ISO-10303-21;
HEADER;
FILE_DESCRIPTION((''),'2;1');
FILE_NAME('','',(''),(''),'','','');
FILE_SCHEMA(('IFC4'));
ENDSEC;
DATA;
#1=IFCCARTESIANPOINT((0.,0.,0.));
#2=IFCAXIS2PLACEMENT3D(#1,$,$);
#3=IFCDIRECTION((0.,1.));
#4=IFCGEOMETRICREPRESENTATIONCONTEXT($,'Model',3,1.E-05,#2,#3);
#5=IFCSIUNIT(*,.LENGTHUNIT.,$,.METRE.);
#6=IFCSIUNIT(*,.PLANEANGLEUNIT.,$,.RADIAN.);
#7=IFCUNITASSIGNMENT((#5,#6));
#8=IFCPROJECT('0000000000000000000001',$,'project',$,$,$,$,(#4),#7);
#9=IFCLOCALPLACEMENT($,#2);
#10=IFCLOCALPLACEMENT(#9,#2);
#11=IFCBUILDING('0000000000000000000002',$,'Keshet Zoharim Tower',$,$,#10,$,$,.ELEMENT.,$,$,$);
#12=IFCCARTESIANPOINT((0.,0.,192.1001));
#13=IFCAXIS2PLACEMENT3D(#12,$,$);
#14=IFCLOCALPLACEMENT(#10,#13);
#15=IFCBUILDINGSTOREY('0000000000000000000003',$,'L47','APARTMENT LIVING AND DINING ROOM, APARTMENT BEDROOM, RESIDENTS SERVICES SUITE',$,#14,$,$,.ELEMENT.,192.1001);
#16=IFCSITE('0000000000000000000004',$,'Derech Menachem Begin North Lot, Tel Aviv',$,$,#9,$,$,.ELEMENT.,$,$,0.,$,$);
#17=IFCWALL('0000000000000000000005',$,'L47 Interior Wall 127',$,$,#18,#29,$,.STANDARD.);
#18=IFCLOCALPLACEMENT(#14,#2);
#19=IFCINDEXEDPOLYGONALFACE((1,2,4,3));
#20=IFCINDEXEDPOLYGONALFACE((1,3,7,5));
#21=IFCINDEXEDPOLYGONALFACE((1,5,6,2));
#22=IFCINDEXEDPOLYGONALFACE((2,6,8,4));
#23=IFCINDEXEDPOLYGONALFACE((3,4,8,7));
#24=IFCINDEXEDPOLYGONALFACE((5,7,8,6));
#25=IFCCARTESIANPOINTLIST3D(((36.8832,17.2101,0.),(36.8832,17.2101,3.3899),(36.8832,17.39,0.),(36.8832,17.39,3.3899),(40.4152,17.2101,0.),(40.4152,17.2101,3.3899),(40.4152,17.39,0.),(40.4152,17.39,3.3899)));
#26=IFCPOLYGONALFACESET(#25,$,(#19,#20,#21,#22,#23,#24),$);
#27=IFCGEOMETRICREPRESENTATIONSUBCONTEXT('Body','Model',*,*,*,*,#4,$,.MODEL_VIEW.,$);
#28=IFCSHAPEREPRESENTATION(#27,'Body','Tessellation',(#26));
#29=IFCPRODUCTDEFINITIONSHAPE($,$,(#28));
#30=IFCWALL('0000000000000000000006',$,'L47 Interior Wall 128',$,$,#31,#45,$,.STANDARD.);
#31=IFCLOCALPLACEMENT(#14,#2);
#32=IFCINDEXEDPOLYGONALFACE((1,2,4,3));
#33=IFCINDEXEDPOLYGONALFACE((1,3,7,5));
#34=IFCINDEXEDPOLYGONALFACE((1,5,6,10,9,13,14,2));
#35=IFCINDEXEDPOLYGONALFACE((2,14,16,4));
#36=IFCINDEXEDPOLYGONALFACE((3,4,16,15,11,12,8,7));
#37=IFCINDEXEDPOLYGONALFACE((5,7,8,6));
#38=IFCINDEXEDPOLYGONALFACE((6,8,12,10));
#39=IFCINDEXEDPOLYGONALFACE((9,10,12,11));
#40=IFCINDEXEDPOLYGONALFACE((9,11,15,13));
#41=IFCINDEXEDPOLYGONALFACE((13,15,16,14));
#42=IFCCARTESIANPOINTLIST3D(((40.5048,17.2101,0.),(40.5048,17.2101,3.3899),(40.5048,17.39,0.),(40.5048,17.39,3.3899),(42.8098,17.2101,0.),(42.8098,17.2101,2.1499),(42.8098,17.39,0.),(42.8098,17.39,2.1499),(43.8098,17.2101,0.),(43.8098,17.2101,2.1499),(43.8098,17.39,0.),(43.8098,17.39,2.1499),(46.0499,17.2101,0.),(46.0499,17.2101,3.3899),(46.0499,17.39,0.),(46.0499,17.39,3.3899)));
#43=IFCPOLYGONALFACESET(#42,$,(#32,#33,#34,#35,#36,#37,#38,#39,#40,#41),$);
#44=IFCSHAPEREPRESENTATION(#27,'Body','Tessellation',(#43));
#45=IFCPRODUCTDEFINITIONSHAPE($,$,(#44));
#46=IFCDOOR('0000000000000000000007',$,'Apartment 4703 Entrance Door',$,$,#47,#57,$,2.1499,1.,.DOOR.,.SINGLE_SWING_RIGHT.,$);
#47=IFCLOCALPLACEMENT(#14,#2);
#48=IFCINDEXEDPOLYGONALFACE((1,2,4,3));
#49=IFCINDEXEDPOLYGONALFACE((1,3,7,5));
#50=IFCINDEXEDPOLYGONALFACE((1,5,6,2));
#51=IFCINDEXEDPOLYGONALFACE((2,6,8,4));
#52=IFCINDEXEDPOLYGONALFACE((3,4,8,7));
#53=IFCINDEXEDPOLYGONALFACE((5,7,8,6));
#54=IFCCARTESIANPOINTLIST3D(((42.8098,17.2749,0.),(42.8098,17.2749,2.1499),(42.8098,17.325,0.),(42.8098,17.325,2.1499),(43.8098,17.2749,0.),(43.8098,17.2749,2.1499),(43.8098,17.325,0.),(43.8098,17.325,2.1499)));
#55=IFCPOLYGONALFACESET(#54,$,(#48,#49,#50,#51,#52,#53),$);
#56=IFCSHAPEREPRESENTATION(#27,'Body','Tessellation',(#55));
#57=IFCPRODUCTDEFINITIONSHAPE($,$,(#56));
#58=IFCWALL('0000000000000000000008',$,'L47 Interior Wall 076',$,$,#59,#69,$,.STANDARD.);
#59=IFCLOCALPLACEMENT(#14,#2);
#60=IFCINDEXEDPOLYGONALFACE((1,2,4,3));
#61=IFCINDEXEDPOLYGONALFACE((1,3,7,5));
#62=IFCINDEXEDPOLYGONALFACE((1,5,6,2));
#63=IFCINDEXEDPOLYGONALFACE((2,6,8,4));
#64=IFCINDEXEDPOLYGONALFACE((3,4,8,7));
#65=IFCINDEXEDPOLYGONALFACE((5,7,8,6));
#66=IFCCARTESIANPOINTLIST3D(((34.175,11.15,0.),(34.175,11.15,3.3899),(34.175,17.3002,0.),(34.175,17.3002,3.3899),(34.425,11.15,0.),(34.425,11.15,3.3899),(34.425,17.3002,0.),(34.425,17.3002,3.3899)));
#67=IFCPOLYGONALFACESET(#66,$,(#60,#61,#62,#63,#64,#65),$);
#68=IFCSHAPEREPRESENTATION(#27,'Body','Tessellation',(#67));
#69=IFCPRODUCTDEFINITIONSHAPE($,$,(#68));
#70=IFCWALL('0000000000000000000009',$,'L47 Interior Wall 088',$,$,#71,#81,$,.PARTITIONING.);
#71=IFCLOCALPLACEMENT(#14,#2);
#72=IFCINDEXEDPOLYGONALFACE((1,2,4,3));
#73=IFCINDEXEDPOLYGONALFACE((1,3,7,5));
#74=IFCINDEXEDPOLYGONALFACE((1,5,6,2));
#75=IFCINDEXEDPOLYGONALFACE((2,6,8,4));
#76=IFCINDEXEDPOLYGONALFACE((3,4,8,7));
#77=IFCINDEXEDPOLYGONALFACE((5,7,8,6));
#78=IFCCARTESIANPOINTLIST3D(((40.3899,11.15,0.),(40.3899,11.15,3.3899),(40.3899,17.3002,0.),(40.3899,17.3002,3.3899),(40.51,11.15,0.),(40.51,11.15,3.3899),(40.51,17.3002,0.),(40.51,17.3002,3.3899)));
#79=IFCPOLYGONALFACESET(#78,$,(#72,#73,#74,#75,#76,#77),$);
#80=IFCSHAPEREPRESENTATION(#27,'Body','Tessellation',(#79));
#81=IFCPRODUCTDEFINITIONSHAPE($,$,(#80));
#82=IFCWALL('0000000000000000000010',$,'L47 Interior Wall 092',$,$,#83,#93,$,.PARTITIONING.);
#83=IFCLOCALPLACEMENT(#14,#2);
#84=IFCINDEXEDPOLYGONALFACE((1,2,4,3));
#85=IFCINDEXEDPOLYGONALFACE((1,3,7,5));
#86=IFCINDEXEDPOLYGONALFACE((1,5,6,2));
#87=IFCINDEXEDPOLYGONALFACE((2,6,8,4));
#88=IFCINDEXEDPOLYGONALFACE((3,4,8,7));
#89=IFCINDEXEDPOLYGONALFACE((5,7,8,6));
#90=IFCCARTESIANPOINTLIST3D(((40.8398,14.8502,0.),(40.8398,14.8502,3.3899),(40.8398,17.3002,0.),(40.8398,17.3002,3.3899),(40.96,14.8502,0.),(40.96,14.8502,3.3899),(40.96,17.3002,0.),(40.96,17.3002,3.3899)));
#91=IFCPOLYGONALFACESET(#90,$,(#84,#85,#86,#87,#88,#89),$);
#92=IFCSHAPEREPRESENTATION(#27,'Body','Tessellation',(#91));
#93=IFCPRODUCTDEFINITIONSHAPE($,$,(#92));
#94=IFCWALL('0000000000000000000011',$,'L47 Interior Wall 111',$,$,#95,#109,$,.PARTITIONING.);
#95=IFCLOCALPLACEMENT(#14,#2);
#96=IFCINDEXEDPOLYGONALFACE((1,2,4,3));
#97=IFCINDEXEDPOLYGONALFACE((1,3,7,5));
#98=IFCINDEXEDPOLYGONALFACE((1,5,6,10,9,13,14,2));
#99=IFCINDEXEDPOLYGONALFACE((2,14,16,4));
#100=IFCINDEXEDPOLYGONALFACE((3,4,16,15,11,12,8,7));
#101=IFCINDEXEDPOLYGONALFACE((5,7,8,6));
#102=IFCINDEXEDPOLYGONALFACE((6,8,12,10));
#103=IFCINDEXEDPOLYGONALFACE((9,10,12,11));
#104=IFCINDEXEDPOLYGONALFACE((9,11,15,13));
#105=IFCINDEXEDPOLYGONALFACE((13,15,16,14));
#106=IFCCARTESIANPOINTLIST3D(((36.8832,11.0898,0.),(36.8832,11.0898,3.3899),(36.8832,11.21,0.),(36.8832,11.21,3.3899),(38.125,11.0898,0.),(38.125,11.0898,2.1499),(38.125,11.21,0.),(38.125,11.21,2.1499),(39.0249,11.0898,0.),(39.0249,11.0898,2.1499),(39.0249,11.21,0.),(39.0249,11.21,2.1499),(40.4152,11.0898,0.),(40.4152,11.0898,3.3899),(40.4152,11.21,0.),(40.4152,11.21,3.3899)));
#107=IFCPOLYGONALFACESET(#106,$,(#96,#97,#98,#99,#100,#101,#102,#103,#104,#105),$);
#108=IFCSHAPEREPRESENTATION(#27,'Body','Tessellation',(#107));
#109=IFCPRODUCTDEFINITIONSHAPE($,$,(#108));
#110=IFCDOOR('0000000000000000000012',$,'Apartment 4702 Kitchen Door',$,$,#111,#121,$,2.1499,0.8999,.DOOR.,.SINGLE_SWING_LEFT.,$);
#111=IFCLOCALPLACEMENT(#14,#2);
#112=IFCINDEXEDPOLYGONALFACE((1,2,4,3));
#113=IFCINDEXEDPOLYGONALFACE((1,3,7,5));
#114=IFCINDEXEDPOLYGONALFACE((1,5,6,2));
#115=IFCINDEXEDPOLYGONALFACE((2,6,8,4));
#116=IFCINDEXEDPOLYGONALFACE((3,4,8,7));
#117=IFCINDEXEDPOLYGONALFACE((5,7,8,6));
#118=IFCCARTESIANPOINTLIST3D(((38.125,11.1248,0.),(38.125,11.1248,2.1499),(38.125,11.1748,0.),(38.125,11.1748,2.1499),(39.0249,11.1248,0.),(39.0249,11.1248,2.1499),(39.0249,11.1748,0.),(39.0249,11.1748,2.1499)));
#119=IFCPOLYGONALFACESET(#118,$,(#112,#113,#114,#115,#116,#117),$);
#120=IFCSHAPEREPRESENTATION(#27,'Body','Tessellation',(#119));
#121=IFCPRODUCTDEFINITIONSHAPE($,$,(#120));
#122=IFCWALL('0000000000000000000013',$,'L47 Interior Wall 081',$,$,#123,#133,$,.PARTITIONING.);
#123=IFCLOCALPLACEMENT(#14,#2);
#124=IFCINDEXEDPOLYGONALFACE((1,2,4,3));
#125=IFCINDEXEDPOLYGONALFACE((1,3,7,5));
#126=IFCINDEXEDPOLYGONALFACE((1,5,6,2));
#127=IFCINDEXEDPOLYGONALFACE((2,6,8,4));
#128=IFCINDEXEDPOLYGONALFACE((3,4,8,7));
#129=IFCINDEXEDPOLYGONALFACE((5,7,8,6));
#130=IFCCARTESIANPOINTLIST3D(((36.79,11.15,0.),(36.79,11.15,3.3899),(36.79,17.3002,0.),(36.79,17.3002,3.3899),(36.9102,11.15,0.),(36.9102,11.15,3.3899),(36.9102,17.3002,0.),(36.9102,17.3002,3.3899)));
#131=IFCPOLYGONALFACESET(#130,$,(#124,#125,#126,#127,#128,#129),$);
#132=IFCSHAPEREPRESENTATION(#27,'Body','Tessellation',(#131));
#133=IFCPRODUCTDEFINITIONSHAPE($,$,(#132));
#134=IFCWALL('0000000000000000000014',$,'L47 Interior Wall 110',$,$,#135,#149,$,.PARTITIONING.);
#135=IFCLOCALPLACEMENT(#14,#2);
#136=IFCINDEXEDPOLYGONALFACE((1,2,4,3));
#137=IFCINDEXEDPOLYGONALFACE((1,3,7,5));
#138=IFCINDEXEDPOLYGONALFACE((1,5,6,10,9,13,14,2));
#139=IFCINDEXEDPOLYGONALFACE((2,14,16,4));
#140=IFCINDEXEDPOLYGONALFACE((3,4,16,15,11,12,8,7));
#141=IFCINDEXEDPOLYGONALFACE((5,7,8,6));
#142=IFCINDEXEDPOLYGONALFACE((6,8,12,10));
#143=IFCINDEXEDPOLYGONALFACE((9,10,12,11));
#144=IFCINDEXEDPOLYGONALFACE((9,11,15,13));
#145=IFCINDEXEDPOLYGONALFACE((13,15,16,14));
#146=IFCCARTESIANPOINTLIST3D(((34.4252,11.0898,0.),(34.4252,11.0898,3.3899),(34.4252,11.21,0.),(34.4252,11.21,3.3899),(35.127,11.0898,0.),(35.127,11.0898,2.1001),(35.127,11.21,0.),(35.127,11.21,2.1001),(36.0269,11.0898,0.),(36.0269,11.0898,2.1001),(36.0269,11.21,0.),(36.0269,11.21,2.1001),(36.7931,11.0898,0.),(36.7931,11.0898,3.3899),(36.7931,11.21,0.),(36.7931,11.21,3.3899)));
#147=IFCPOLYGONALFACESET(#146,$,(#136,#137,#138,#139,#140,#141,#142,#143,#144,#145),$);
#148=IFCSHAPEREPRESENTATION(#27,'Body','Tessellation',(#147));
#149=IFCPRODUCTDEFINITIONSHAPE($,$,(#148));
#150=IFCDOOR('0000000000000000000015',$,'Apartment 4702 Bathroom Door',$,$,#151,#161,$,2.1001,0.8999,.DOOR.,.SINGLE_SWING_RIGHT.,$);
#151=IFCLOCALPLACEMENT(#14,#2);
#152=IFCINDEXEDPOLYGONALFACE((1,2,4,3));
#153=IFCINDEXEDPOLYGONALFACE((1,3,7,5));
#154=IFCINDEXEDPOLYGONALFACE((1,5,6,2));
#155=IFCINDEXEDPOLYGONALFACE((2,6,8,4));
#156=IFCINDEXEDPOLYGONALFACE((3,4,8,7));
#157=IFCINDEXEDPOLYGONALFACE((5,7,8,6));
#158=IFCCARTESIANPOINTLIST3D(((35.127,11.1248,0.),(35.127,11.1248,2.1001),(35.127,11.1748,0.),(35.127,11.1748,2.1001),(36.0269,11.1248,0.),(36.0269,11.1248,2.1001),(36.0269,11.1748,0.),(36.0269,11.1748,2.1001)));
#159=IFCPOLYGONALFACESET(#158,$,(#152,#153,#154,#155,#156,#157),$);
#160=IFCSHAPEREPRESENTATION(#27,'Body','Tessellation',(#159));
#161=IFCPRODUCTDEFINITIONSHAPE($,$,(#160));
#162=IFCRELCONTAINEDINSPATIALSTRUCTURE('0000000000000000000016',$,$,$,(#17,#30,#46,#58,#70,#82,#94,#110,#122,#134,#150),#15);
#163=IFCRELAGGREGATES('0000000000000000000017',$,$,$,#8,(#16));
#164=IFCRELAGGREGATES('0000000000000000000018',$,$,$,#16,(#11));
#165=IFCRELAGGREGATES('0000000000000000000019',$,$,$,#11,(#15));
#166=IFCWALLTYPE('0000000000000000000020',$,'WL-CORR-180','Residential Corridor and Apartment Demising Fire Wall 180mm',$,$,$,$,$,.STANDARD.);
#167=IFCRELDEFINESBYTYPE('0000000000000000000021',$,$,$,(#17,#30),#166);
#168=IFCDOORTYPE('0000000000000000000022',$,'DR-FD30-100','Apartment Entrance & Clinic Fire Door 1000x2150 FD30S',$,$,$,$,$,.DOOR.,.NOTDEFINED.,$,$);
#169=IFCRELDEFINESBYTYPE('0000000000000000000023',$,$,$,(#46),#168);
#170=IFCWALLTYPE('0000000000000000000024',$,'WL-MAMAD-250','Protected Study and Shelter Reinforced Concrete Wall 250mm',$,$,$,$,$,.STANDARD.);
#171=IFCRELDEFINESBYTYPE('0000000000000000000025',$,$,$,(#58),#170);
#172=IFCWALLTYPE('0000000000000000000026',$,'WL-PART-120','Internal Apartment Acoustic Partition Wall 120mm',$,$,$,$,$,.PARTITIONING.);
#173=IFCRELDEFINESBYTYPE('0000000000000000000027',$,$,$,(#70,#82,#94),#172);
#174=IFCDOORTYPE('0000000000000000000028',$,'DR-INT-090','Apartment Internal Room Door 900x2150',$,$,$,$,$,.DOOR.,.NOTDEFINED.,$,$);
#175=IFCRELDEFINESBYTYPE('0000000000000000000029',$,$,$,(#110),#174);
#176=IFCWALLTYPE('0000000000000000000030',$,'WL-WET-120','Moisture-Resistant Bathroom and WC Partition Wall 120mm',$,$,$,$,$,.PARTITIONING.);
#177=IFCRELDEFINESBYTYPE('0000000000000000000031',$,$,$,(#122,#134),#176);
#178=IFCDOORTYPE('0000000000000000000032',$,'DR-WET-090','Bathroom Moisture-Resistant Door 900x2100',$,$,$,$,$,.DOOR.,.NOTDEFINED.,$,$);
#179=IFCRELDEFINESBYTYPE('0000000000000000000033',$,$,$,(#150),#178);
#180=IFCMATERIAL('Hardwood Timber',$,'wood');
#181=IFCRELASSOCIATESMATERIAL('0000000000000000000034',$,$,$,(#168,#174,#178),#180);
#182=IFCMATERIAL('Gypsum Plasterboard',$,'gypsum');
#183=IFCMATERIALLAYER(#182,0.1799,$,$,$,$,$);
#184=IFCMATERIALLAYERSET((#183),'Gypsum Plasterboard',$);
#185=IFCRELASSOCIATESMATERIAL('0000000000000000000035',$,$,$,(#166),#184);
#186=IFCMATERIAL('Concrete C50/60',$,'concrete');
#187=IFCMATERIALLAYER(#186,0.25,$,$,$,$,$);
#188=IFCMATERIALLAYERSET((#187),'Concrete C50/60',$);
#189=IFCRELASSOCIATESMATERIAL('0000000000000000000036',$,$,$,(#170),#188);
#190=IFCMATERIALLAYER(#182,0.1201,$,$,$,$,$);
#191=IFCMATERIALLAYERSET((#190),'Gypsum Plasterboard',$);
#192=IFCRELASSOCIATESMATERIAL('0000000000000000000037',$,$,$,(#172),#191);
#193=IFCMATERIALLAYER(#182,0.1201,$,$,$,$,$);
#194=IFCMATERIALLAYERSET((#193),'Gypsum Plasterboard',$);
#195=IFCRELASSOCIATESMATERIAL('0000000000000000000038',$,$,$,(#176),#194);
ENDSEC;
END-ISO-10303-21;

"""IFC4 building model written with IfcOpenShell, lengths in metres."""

from ifc_helpers import new_model, si_unit, direction, frame, frame_2d, origin, place, context, subcontext, project, spatial, rectangle, extrude, material, layer, layer_set, type_object, element, fill, save


model = new_model("IFC4")

# Units and contexts
model_context = context("Model", 3, precision=1e-05, world=origin(), true_north=direction((0.0, 1.0)))
body_context = subcontext(model_context, "Body", "Model", "MODEL_VIEW")
ifc_project = project(units=[si_unit("LENGTHUNIT", "METRE"), si_unit("PLANEANGLEUNIT", "RADIAN")], contexts=[model_context])

# Site, building, storey
site_placement = place(None, origin())
site = spatial("IfcSite", under=ifc_project, at=site_placement, Name="Derech Menachem Begin North Lot, Tel Aviv", CompositionType="ELEMENT", RefElevation=0.0)
building_placement = place(site_placement, origin())
building = spatial("IfcBuilding", under=site, at=building_placement, Name="Keshet Zoharim Tower", CompositionType="ELEMENT")
storey_placement = place(building_placement, frame((0.0, 0.0, 192.1001)))
storey = spatial("IfcBuildingStorey", under=building, at=storey_placement, Name="L47", Description="APARTMENT LIVING AND DINING ROOM, APARTMENT BEDROOM, RESIDENTS SERVICES SUITE", CompositionType="ELEMENT", Elevation=192.1001)

# Shared definitions
ifc_material_1 = material(Name="Gypsum Plasterboard", Category="gypsum")
ifc_material_2 = material(Name="Hardwood Timber", Category="wood")
door_type_1 = type_object("IfcDoorType", Name="DR-FD30-100", Description="Apartment Entrance & Clinic Fire Door 1000x2150 FD30S", OperationType="NOTDEFINED", PredefinedType="DOOR", material=ifc_material_2)

# Wall
ifc_layer_1 = layer(ifc_material_1, 0.1799)
ifc_layer_set_1 = layer_set([ifc_layer_1], Name="Gypsum Plasterboard")
wall_type_1 = type_object("IfcWallType", Name="WL-CORR-180", Description="Residential Corridor and Apartment Demising Fire Wall 180mm", PredefinedType="STANDARD", material=ifc_layer_set_1)
wall_1_placement = place(storey_placement, frame((36.8831, 17.3, 0.0), z_axis=(0.0, 0.0, 1.0), x_axis=(1.0, 0.0, 0.0)))
element("IfcWall", 1, at=wall_1_placement, inside=storey, type_object=wall_type_1, Name="L47 Interior Wall 127", PredefinedType="STANDARD", context=body_context, shape_type="SweptSolid", body=[
    extrude(rectangle(XDim=3.532, YDim=0.1799, at=frame_2d((1.7661, 0.0))), origin(), (0.0, 0.0, 1.0), 3.3899),
])

# Wall, opening, door
wall_2_placement = place(storey_placement, frame((40.5049, 17.3, 0.0), z_axis=(0.0, 0.0, 1.0), x_axis=(1.0, 0.0, 0.0)))
wall_2 = element("IfcWall", 2, at=wall_2_placement, inside=storey, type_object=wall_type_1, Name="L47 Interior Wall 128", PredefinedType="STANDARD", context=body_context, shape_type="SweptSolid", body=[
    extrude(rectangle(XDim=5.5452, YDim=0.1799, at=frame_2d((2.7725, 0.0))), origin(), (0.0, 0.0, 1.0), 3.3899),
])
opening_1_placement = place(wall_2_placement, frame((2.3049, 0.0, 0.0)))
opening_1 = element("IfcOpeningElement", 3, at=opening_1_placement, cuts=wall_2, PredefinedType="OPENING", context=body_context, shape_type="SweptSolid", body=[
    extrude(rectangle(XDim=1.0, YDim=2.1499, at=frame_2d((0.5, 1.075))), frame((0.0, 0.1001, 0.0), z_axis=(0.0, -1.0, 0.0), x_axis=(1.0, 0.0, 0.0)), (0.0, 0.0, 1.0), 0.2),
])
door_1_placement = place(opening_1_placement, origin())
door_1 = element("IfcDoor", 4, at=door_1_placement, inside=storey, type_object=door_type_1, Name="Apartment 4703 Entrance Door", OperationType="SINGLE_SWING_RIGHT", OverallHeight=2.1499, OverallWidth=1.0, PredefinedType="DOOR", context=body_context, shape_type="SweptSolid", body=[
    extrude(rectangle(XDim=1.0, YDim=2.1499, at=frame_2d((0.5, 1.075))), frame((0.0, 0.0249, 0.0), z_axis=(0.0, -1.0, 0.0), x_axis=(1.0, 0.0, 0.0)), (0.0, 0.0, 1.0), 0.05),
])
fill(opening_1, door_1)

# Walls
ifc_material_3 = material(Name="Concrete C50/60", Category="concrete")
ifc_layer_2 = layer(ifc_material_3, 0.25)
ifc_layer_set_2 = layer_set([ifc_layer_2], Name="Concrete C50/60")
wall_type_2 = type_object("IfcWallType", Name="WL-MAMAD-250", Description="Protected Study and Shelter Reinforced Concrete Wall 250mm", PredefinedType="STANDARD", material=ifc_layer_set_2)
wall_3_placement = place(storey_placement, frame((34.3, 11.1499, 0.0), z_axis=(0.0, 0.0, 1.0), x_axis=(0.0, 1.0, 0.0)))
element("IfcWall", 5, at=wall_3_placement, inside=storey, type_object=wall_type_2, Name="L47 Interior Wall 076", PredefinedType="STANDARD", context=body_context, shape_type="SweptSolid", body=[
    extrude(rectangle(XDim=6.1501, YDim=0.25, at=frame_2d((3.0752, 0.0))), origin(), (0.0, 0.0, 1.0), 3.3899),
])
ifc_layer_3 = layer(ifc_material_1, 0.1201)
ifc_layer_set_3 = layer_set([ifc_layer_3], Name="Gypsum Plasterboard")
wall_type_3 = type_object("IfcWallType", Name="WL-PART-120", Description="Internal Apartment Acoustic Partition Wall 120mm", PredefinedType="PARTITIONING", material=ifc_layer_set_3)
wall_4_placement = place(storey_placement, frame((40.45, 11.1499, 0.0), z_axis=(0.0, 0.0, 1.0), x_axis=(0.0, 1.0, 0.0)))
element("IfcWall", 6, at=wall_4_placement, inside=storey, type_object=wall_type_3, Name="L47 Interior Wall 088", PredefinedType="PARTITIONING", context=body_context, shape_type="SweptSolid", body=[
    extrude(rectangle(XDim=6.1501, YDim=0.1201, at=frame_2d((3.0752, 0.0))), origin(), (0.0, 0.0, 1.0), 3.3899),
])
wall_5_placement = place(storey_placement, frame((40.8999, 14.8501, 0.0), z_axis=(0.0, 0.0, 1.0), x_axis=(0.0, 1.0, 0.0)))
element("IfcWall", 7, at=wall_5_placement, inside=storey, type_object=wall_type_3, Name="L47 Interior Wall 092", PredefinedType="PARTITIONING", context=body_context, shape_type="SweptSolid", body=[
    extrude(rectangle(XDim=2.45, YDim=0.1201, at=frame_2d((1.2251, 0.0))), origin(), (0.0, 0.0, 1.0), 3.3899),
])

# Wall, opening, door
wall_6_placement = place(storey_placement, frame((36.8831, 11.1499, 0.0), z_axis=(0.0, 0.0, 1.0), x_axis=(1.0, 0.0, 0.0)))
wall_6 = element("IfcWall", 8, at=wall_6_placement, inside=storey, type_object=wall_type_3, Name="L47 Interior Wall 111", PredefinedType="PARTITIONING", context=body_context, shape_type="SweptSolid", body=[
    extrude(rectangle(XDim=3.532, YDim=0.1201, at=frame_2d((1.7661, 0.0))), origin(), (0.0, 0.0, 1.0), 3.3899),
])
opening_2_placement = place(wall_6_placement, frame((1.2419, 0.0, 0.0)))
opening_2 = element("IfcOpeningElement", 9, at=opening_2_placement, cuts=wall_6, PredefinedType="OPENING", context=body_context, shape_type="SweptSolid", body=[
    extrude(rectangle(XDim=0.8999, YDim=2.1499, at=frame_2d((0.45, 1.075))), frame((0.0, 0.0701, 0.0), z_axis=(0.0, -1.0, 0.0), x_axis=(1.0, 0.0, 0.0)), (0.0, 0.0, 1.0), 0.1401),
])
door_type_2 = type_object("IfcDoorType", Name="DR-INT-090", Description="Apartment Internal Room Door 900x2150", OperationType="NOTDEFINED", PredefinedType="DOOR", material=ifc_material_2)
door_2_placement = place(opening_2_placement, origin())
door_2 = element("IfcDoor", 10, at=door_2_placement, inside=storey, type_object=door_type_2, Name="Apartment 4702 Kitchen Door", OperationType="SINGLE_SWING_LEFT", OverallHeight=2.1499, OverallWidth=0.8999, PredefinedType="DOOR", context=body_context, shape_type="SweptSolid", body=[
    extrude(rectangle(XDim=0.8999, YDim=2.1499, at=frame_2d((0.45, 1.075))), frame((0.0, 0.0249, 0.0), z_axis=(0.0, -1.0, 0.0), x_axis=(1.0, 0.0, 0.0)), (0.0, 0.0, 1.0), 0.05),
])
fill(opening_2, door_2)

# Wall
ifc_layer_4 = layer(ifc_material_1, 0.1201)
ifc_layer_set_4 = layer_set([ifc_layer_4], Name="Gypsum Plasterboard")
wall_type_4 = type_object("IfcWallType", Name="WL-WET-120", Description="Moisture-Resistant Bathroom and WC Partition Wall 120mm", PredefinedType="PARTITIONING", material=ifc_layer_set_4)
wall_7_placement = place(storey_placement, frame((36.8501, 11.1499, 0.0), z_axis=(0.0, 0.0, 1.0), x_axis=(0.0, 1.0, 0.0)))
element("IfcWall", 11, at=wall_7_placement, inside=storey, type_object=wall_type_4, Name="L47 Interior Wall 081", PredefinedType="PARTITIONING", context=body_context, shape_type="SweptSolid", body=[
    extrude(rectangle(XDim=6.1501, YDim=0.1201, at=frame_2d((3.0752, 0.0))), origin(), (0.0, 0.0, 1.0), 3.3899),
])

# Wall, opening, door
wall_8_placement = place(storey_placement, frame((34.425, 11.1499, 0.0), z_axis=(0.0, 0.0, 1.0), x_axis=(1.0, 0.0, 0.0)))
wall_8 = element("IfcWall", 12, at=wall_8_placement, inside=storey, type_object=wall_type_4, Name="L47 Interior Wall 110", PredefinedType="PARTITIONING", context=body_context, shape_type="SweptSolid", body=[
    extrude(rectangle(XDim=2.3679, YDim=0.1201, at=frame_2d((1.1841, 0.0))), origin(), (0.0, 0.0, 1.0), 3.3899),
])
opening_3_placement = place(wall_8_placement, frame((0.7019, 0.0, 0.0)))
opening_3 = element("IfcOpeningElement", 13, at=opening_3_placement, cuts=wall_8, PredefinedType="OPENING", context=body_context, shape_type="SweptSolid", body=[
    extrude(rectangle(XDim=0.8999, YDim=2.1001, at=frame_2d((0.45, 1.05))), frame((0.0, 0.0701, 0.0), z_axis=(0.0, -1.0, 0.0), x_axis=(1.0, 0.0, 0.0)), (0.0, 0.0, 1.0), 0.1401),
])
door_type_3 = type_object("IfcDoorType", Name="DR-WET-090", Description="Bathroom Moisture-Resistant Door 900x2100", OperationType="NOTDEFINED", PredefinedType="DOOR", material=ifc_material_2)
door_3_placement = place(opening_3_placement, origin())
door_3 = element("IfcDoor", 14, at=door_3_placement, inside=storey, type_object=door_type_3, Name="Apartment 4702 Bathroom Door", OperationType="SINGLE_SWING_RIGHT", OverallHeight=2.1001, OverallWidth=0.8999, PredefinedType="DOOR", context=body_context, shape_type="SweptSolid", body=[
    extrude(rectangle(XDim=0.8999, YDim=2.1001, at=frame_2d((0.45, 1.05))), frame((0.0, 0.0249, 0.0), z_axis=(0.0, -1.0, 0.0), x_axis=(1.0, 0.0, 0.0)), (0.0, 0.0, 1.0), 0.05),
])
fill(opening_3, door_3)

save(model, "model.ifc")
